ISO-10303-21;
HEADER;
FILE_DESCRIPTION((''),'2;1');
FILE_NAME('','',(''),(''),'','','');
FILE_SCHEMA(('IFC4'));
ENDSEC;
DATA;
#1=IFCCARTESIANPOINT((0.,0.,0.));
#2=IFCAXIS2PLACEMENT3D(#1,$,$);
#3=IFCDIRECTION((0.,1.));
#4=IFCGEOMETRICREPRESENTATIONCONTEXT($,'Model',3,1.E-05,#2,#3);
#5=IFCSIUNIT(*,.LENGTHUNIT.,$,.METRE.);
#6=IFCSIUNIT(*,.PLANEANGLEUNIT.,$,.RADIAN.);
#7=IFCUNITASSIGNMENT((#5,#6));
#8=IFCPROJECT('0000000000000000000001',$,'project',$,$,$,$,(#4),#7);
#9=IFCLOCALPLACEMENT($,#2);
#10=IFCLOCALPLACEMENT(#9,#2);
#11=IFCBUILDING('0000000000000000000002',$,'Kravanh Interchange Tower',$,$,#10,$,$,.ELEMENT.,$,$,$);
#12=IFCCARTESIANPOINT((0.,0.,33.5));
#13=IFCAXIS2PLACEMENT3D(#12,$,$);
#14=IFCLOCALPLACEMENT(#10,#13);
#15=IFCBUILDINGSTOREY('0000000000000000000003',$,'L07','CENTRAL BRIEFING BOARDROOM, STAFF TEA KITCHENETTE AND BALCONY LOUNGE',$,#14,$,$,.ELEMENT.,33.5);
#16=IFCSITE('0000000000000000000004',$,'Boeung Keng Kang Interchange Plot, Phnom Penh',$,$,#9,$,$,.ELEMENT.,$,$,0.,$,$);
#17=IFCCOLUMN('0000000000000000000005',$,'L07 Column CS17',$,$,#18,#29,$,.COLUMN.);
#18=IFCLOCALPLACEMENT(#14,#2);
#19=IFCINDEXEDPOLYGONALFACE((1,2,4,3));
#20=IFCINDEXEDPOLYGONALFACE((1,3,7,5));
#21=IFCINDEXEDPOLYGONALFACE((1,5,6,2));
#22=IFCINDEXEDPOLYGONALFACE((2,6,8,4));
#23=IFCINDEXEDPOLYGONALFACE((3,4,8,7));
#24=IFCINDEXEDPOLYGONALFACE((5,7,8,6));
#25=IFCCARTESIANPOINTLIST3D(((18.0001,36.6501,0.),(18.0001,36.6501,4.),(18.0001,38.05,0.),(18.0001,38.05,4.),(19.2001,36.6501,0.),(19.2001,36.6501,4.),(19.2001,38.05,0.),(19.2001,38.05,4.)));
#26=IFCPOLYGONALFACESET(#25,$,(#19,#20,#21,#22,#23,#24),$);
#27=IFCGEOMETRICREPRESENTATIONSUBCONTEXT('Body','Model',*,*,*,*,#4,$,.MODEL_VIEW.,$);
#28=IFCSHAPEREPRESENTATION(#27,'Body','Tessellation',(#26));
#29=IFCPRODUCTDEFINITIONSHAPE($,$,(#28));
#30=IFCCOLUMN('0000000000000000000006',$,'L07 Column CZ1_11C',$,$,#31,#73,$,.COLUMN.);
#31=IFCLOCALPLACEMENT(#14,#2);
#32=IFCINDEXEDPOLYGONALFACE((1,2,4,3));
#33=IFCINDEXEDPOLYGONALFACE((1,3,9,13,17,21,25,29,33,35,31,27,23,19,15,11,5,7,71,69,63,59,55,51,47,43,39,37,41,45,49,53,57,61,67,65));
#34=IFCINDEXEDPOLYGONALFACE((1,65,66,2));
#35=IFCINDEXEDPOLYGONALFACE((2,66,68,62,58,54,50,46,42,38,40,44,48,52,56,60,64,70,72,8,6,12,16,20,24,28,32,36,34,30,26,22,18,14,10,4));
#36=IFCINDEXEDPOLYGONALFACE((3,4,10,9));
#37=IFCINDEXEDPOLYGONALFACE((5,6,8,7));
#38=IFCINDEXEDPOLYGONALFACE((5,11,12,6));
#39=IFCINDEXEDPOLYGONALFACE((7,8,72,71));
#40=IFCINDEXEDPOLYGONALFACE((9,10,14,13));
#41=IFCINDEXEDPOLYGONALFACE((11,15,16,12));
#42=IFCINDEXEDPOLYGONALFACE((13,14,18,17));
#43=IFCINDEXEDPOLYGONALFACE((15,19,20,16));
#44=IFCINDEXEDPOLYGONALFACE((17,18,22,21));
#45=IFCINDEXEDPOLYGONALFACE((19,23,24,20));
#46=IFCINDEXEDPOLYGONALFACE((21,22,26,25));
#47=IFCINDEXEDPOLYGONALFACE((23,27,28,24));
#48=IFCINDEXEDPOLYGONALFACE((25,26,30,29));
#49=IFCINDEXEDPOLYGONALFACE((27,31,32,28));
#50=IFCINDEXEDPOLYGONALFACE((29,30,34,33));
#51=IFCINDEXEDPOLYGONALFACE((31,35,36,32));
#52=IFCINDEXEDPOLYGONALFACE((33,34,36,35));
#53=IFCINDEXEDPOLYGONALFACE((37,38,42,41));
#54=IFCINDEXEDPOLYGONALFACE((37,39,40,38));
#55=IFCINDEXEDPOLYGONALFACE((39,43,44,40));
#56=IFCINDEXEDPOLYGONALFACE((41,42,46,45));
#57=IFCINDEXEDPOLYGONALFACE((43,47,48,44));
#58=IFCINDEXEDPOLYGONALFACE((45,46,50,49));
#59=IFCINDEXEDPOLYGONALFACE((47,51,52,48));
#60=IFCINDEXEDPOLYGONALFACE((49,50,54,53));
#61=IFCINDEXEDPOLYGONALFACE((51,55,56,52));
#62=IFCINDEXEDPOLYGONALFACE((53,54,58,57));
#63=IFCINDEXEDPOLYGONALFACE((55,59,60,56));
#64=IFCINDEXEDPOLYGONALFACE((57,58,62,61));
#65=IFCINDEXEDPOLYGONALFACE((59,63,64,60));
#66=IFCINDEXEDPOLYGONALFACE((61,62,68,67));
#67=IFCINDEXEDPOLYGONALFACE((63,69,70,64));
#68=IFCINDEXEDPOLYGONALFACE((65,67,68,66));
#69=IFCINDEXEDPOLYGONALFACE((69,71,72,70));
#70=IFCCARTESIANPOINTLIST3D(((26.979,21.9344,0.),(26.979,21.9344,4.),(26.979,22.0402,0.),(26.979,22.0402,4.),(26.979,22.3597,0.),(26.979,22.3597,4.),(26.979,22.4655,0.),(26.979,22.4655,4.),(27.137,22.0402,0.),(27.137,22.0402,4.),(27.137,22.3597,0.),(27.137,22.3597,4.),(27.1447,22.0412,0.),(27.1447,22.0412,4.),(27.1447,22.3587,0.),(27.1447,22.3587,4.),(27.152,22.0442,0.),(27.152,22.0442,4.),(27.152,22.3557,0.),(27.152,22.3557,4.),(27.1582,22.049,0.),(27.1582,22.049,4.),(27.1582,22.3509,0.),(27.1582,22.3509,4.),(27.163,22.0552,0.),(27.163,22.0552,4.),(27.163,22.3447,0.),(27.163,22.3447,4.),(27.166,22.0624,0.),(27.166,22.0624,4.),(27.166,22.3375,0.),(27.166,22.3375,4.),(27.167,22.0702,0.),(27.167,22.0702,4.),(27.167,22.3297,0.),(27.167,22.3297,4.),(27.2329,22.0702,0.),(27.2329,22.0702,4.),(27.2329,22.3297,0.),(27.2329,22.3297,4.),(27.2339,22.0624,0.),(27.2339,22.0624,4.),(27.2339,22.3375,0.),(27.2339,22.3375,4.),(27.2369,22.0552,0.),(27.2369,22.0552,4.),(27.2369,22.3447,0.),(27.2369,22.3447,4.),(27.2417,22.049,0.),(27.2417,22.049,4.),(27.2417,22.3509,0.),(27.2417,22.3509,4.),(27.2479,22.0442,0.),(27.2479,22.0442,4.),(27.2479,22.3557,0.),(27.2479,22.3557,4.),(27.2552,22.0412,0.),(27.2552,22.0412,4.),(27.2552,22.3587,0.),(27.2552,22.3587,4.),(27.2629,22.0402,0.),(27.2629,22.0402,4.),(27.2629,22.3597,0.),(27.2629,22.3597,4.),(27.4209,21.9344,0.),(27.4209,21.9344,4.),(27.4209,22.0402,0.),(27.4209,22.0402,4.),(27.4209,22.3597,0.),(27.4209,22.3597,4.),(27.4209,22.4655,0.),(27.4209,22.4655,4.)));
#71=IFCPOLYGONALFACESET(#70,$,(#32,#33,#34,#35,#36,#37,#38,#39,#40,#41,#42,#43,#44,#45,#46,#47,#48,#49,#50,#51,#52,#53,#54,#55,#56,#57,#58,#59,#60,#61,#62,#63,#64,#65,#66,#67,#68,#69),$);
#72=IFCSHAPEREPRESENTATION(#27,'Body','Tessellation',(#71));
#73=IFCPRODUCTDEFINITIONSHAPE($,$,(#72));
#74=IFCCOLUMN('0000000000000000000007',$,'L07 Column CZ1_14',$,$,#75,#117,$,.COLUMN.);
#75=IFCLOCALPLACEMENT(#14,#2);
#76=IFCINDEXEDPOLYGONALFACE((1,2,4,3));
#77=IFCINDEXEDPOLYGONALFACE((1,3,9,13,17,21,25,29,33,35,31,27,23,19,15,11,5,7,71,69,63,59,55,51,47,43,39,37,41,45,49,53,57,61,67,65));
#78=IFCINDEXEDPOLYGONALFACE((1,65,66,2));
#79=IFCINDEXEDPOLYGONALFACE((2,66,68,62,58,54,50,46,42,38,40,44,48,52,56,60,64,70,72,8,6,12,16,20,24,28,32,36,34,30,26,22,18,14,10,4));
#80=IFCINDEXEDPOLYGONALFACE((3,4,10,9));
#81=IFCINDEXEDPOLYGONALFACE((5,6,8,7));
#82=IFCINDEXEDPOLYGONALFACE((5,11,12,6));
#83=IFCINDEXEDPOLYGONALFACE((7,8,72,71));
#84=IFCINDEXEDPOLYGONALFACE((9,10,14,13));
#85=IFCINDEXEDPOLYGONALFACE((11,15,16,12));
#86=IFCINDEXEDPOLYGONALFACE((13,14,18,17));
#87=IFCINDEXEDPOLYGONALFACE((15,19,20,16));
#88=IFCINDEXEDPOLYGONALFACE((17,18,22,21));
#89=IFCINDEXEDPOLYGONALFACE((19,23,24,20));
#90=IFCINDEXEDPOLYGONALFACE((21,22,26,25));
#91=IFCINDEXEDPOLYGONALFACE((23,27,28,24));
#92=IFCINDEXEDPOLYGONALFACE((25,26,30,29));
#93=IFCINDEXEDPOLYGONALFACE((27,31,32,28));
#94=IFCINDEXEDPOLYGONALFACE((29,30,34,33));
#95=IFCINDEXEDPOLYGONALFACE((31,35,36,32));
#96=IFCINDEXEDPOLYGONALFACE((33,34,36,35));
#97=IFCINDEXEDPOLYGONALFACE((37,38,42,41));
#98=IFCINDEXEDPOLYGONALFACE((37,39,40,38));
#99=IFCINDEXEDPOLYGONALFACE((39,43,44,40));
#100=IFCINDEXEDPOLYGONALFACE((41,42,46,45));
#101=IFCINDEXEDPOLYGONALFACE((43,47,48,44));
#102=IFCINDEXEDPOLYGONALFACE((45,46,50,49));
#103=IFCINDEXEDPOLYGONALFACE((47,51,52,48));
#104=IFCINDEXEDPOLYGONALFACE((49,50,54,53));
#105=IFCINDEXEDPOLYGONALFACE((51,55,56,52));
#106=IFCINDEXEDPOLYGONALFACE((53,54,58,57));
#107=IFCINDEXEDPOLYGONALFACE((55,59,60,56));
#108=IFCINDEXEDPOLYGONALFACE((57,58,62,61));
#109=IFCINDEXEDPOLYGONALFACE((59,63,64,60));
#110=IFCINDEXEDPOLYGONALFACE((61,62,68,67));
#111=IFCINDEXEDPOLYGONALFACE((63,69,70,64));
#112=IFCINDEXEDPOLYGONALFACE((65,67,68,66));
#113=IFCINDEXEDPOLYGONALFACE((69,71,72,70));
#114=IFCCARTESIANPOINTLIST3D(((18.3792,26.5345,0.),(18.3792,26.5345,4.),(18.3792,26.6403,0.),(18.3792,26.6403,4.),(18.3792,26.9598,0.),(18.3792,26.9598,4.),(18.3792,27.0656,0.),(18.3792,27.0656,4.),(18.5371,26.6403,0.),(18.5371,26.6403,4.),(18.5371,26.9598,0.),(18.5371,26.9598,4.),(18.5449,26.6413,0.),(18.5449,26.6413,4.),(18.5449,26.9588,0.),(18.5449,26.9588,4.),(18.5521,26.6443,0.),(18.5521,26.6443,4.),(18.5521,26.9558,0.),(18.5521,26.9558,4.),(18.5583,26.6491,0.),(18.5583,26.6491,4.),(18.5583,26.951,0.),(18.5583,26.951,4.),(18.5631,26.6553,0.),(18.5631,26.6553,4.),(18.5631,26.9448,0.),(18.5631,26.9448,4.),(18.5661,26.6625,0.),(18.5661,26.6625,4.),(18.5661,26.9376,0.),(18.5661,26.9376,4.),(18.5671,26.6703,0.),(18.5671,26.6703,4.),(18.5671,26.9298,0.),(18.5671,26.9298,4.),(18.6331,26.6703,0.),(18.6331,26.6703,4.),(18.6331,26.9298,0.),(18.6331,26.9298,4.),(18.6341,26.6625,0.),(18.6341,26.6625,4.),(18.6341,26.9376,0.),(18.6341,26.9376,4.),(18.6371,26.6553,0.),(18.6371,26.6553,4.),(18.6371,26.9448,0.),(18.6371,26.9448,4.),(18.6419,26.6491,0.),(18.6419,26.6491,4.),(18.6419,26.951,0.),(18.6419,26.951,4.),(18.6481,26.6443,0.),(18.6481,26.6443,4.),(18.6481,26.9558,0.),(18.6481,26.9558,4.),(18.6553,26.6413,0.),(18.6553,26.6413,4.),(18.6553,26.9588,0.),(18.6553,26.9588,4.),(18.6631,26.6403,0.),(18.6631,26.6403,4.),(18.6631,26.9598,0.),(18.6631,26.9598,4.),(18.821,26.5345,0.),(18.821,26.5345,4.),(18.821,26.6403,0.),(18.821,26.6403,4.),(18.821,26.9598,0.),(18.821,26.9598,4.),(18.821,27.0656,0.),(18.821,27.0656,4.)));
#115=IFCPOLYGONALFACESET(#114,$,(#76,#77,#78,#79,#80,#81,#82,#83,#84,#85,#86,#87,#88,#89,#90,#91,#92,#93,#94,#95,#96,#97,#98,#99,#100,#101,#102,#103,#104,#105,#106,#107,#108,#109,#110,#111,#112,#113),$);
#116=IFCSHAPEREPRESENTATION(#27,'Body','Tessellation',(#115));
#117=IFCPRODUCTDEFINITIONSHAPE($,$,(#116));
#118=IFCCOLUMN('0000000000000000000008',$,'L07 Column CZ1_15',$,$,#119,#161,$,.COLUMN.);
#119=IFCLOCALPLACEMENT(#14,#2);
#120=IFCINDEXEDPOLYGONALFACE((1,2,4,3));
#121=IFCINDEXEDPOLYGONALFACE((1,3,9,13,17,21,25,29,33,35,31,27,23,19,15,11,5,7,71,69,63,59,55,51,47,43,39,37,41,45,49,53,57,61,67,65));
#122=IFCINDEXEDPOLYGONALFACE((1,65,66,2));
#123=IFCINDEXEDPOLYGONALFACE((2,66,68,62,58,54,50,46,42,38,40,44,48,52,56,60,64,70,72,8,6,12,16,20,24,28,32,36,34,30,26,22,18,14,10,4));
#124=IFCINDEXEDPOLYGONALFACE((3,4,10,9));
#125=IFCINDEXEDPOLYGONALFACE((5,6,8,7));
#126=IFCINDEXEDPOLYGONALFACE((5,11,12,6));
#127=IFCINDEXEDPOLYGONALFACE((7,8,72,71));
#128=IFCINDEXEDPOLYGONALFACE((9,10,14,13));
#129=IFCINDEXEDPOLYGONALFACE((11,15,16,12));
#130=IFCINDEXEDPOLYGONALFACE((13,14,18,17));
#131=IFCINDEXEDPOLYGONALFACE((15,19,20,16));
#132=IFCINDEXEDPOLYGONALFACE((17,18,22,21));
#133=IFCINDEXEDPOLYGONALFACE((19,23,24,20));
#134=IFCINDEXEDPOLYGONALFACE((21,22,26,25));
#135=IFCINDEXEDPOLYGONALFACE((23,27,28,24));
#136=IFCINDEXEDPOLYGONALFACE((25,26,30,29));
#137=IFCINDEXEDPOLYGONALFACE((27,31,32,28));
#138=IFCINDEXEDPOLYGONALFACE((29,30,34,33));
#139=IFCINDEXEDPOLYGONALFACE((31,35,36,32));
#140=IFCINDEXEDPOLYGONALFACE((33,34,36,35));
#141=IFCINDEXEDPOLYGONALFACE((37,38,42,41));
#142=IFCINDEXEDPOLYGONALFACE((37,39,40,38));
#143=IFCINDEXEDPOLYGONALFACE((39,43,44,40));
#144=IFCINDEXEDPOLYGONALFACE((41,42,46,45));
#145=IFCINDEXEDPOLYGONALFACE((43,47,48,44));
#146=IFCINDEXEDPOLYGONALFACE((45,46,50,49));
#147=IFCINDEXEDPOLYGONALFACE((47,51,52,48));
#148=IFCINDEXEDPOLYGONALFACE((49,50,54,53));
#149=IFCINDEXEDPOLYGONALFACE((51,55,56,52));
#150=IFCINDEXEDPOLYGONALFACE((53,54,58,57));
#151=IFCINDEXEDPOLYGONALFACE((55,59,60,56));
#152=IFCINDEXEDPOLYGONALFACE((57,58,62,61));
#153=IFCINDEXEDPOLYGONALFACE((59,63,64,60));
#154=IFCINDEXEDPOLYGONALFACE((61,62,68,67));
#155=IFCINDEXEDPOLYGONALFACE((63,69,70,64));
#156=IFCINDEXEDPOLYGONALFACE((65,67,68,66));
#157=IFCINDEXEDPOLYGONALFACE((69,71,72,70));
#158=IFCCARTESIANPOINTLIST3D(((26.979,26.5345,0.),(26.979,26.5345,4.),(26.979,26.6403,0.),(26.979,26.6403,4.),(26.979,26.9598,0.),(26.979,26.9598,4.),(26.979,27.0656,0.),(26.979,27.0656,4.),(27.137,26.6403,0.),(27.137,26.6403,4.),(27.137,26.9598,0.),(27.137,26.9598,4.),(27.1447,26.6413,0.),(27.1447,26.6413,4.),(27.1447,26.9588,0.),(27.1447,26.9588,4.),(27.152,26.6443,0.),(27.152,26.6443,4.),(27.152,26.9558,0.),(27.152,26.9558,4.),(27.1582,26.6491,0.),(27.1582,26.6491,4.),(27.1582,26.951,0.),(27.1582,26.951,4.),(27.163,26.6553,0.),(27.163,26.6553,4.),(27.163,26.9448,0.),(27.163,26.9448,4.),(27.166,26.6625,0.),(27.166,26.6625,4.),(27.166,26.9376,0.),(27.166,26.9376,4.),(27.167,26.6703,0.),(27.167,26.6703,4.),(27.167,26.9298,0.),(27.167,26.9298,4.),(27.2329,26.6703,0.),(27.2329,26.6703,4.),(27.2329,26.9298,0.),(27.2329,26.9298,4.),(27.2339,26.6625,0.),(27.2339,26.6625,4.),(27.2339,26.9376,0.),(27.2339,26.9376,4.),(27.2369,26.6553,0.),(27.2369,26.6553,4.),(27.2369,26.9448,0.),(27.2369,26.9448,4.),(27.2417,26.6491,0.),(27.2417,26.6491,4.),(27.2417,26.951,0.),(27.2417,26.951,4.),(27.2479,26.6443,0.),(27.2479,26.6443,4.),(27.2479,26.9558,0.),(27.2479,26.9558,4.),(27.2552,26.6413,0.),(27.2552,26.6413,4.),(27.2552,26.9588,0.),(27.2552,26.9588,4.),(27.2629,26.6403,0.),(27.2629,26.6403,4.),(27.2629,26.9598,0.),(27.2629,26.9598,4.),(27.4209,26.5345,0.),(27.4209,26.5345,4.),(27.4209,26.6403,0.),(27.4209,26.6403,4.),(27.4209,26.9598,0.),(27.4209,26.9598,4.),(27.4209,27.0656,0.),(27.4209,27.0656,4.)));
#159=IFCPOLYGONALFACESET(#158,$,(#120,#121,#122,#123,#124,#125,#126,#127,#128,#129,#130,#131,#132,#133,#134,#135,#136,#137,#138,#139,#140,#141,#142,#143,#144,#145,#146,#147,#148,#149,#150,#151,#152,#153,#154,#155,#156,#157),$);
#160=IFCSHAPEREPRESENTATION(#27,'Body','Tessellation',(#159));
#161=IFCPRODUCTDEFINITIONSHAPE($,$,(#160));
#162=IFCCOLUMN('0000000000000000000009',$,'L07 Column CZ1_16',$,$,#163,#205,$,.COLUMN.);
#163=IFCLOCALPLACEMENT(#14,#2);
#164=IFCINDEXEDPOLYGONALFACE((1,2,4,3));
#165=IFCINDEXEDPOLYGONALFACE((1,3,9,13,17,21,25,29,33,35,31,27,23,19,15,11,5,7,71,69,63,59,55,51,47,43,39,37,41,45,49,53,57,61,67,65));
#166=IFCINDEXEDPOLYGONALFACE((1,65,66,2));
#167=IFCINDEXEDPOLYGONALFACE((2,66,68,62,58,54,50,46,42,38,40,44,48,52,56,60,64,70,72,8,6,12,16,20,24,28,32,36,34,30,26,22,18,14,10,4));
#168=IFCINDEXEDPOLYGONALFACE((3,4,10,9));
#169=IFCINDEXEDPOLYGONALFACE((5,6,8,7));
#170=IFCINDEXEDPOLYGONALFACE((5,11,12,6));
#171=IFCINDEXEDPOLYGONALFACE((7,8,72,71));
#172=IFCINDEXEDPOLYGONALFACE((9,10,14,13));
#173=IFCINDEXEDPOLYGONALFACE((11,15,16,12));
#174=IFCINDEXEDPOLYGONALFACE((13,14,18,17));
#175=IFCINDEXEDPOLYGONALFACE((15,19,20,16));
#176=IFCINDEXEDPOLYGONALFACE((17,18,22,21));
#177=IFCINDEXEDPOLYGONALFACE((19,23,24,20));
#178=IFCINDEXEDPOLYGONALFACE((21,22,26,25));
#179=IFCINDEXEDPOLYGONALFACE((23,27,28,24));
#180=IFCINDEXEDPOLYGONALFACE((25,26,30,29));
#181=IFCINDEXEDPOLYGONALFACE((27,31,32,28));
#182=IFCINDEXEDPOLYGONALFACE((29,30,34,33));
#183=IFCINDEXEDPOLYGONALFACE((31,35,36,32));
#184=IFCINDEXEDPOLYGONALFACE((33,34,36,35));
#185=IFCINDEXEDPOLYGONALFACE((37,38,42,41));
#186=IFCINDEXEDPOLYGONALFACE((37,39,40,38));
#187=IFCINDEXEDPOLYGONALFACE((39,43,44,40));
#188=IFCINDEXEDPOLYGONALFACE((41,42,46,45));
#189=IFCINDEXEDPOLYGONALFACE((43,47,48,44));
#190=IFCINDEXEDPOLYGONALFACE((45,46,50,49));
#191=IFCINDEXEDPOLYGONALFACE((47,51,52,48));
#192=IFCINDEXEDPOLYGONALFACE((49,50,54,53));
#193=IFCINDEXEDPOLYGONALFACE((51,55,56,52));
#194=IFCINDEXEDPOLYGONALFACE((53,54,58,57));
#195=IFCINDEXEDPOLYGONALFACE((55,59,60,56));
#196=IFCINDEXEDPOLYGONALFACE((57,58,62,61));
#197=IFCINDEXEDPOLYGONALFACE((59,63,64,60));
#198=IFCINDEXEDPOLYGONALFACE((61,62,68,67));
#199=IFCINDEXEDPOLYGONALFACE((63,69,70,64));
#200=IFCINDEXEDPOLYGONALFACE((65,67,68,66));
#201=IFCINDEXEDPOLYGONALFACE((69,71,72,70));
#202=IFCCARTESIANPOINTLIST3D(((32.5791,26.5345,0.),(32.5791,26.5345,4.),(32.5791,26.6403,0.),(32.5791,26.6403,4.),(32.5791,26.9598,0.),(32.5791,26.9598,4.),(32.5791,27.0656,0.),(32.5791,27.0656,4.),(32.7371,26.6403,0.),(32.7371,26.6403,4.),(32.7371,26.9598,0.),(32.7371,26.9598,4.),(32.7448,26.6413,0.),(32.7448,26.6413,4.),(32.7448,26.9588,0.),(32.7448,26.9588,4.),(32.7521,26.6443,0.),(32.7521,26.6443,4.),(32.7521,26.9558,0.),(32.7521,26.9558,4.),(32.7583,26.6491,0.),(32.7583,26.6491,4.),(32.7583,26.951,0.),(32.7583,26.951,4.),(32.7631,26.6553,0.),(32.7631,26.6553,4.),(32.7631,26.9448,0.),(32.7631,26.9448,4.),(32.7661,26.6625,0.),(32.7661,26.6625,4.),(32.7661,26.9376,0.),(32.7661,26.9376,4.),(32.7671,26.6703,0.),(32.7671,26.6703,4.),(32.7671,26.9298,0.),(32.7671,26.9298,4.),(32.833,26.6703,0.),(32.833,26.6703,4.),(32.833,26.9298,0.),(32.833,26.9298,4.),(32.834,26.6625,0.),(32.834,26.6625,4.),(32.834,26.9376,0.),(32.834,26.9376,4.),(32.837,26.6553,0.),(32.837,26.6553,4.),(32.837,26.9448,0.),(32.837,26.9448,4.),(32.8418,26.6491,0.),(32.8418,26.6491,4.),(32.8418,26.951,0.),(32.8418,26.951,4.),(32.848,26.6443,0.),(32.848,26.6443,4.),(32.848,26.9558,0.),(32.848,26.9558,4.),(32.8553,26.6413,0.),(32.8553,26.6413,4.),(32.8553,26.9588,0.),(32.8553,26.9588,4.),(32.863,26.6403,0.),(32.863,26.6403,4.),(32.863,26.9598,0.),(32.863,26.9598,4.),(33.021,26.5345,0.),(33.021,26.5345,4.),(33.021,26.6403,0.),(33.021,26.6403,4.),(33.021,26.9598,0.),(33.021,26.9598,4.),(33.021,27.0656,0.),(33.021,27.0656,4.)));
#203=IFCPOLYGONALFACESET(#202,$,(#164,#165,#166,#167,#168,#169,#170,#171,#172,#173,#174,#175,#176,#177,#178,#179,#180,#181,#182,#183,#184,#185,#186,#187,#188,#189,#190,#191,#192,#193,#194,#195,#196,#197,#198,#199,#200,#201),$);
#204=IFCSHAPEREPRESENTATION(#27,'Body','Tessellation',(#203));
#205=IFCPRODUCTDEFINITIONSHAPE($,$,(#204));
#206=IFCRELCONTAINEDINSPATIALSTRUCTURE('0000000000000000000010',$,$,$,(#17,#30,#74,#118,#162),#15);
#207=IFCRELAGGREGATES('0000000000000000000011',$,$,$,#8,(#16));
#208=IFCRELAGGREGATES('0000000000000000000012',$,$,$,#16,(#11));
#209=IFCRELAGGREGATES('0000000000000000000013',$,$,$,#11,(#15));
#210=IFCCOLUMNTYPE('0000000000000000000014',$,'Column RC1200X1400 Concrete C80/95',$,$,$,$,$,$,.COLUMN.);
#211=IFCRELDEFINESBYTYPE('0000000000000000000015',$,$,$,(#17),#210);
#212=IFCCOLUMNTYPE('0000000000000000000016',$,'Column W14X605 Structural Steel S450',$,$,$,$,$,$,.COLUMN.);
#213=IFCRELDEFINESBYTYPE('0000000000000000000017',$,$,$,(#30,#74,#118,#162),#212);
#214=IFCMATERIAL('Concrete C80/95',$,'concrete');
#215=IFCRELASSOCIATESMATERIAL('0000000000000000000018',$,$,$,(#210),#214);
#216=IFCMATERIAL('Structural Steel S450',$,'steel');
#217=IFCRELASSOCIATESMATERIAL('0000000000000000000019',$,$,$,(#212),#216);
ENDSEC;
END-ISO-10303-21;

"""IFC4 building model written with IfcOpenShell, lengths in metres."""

from ifc_helpers import new_model, si_unit, direction, frame, origin, origin_2d, place, context, subcontext, project, spatial, rectangle, i_section, extrude, material, material_profile, profile_set, type_object, element, save


model = new_model("IFC4")

# Units and contexts
model_context = context("Model", 3, precision=1e-05, world=origin(), true_north=direction((0.0, 1.0)))
body_context = subcontext(model_context, "Body", "Model", "MODEL_VIEW")
ifc_project = project(units=[si_unit("LENGTHUNIT", "METRE"), si_unit("PLANEANGLEUNIT", "RADIAN")], contexts=[model_context])

# Site, building, storey
site_placement = place(None, origin())
site = spatial("IfcSite", under=ifc_project, at=site_placement, Name="Boeung Keng Kang Interchange Plot, Phnom Penh", CompositionType="ELEMENT", RefElevation=0.0)
building_placement = place(site_placement, origin())
building = spatial("IfcBuilding", under=site, at=building_placement, Name="Kravanh Interchange Tower", CompositionType="ELEMENT")
storey_placement = place(building_placement, frame((0.0, 0.0, 33.5)))
storey = spatial("IfcBuildingStorey", under=building, at=storey_placement, Name="L07", Description="CENTRAL BRIEFING BOARDROOM, STAFF TEA KITCHENETTE AND BALCONY LOUNGE", CompositionType="ELEMENT", Elevation=33.5)

# Columns
ifc_material_1 = material(Name="Concrete C80/95", Category="concrete")
ifc_material_profile_1 = material_profile(ifc_material_1, rectangle(XDim=1.2, YDim=1.3999, at=origin_2d()), Name="RC1200X1400")
ifc_profile_set_1 = profile_set([ifc_material_profile_1], Name="Concrete C80/95")
column_type_1 = type_object("IfcColumnType", Name="Column RC1200X1400 Concrete C80/95", PredefinedType="COLUMN", material=ifc_profile_set_1)
column_placement = place(storey_placement, frame((18.6001, 37.3501, 0.0), z_axis=(0.0, 0.0, 1.0), x_axis=(1.0, 0.0, 0.0)))
element("IfcColumn", 1, at=column_placement, inside=storey, type_object=column_type_1, Name="L07 Column CS17", PredefinedType="COLUMN", context=body_context, shape_type="SweptSolid", body=[
    extrude(rectangle(XDim=1.2, YDim=1.3999, at=origin_2d()), origin(), (0.0, 0.0, 1.0), 4.0),
])
ifc_material_2 = material(Name="Structural Steel S450", Category="steel")
ifc_material_profile_2 = material_profile(ifc_material_2, i_section(OverallWidth=0.4419, OverallDepth=0.531, WebThickness=0.0659, FlangeThickness=0.1057, FilletRadius=0.03, at=origin_2d()), Name="W14X605")
ifc_profile_set_2 = profile_set([ifc_material_profile_2], Name="Structural Steel S450")
column_type_2 = type_object("IfcColumnType", Name="Column W14X605 Structural Steel S450", PredefinedType="COLUMN", material=ifc_profile_set_2)
for number, where, z_axis, x_axis, name in (
    (2, (27.2, 22.2, 0.0), (0.0, 0.0, 1.0), (1.0, 0.0, 0.0), "L07 Column CZ1_11C"),
    (3, (18.6001, 26.8, 0.0), (0.0, 0.0, 1.0), (1.0, 0.0, 0.0), "L07 Column CZ1_14"),
    (4, (27.2, 26.8, 0.0), (0.0, 0.0, 1.0), (1.0, 0.0, 0.0), "L07 Column CZ1_15"),
    (5, (32.8, 26.8, 0.0), (0.0, 0.0, 1.0), (1.0, 0.0, 0.0), "L07 Column CZ1_16"),
):
    element("IfcColumn", number, at=place(storey_placement, frame(where, z_axis=z_axis, x_axis=x_axis)), inside=storey, type_object=column_type_2, Name=name, PredefinedType="COLUMN", context=body_context, shape_type="SweptSolid", body=[
        extrude(i_section(OverallWidth=0.4419, OverallDepth=0.531, WebThickness=0.0659, FlangeThickness=0.1057, FilletRadius=0.03, at=origin_2d()), origin(), (0.0, 0.0, 1.0), 4.0),
    ])

save(model, "model.ifc")
